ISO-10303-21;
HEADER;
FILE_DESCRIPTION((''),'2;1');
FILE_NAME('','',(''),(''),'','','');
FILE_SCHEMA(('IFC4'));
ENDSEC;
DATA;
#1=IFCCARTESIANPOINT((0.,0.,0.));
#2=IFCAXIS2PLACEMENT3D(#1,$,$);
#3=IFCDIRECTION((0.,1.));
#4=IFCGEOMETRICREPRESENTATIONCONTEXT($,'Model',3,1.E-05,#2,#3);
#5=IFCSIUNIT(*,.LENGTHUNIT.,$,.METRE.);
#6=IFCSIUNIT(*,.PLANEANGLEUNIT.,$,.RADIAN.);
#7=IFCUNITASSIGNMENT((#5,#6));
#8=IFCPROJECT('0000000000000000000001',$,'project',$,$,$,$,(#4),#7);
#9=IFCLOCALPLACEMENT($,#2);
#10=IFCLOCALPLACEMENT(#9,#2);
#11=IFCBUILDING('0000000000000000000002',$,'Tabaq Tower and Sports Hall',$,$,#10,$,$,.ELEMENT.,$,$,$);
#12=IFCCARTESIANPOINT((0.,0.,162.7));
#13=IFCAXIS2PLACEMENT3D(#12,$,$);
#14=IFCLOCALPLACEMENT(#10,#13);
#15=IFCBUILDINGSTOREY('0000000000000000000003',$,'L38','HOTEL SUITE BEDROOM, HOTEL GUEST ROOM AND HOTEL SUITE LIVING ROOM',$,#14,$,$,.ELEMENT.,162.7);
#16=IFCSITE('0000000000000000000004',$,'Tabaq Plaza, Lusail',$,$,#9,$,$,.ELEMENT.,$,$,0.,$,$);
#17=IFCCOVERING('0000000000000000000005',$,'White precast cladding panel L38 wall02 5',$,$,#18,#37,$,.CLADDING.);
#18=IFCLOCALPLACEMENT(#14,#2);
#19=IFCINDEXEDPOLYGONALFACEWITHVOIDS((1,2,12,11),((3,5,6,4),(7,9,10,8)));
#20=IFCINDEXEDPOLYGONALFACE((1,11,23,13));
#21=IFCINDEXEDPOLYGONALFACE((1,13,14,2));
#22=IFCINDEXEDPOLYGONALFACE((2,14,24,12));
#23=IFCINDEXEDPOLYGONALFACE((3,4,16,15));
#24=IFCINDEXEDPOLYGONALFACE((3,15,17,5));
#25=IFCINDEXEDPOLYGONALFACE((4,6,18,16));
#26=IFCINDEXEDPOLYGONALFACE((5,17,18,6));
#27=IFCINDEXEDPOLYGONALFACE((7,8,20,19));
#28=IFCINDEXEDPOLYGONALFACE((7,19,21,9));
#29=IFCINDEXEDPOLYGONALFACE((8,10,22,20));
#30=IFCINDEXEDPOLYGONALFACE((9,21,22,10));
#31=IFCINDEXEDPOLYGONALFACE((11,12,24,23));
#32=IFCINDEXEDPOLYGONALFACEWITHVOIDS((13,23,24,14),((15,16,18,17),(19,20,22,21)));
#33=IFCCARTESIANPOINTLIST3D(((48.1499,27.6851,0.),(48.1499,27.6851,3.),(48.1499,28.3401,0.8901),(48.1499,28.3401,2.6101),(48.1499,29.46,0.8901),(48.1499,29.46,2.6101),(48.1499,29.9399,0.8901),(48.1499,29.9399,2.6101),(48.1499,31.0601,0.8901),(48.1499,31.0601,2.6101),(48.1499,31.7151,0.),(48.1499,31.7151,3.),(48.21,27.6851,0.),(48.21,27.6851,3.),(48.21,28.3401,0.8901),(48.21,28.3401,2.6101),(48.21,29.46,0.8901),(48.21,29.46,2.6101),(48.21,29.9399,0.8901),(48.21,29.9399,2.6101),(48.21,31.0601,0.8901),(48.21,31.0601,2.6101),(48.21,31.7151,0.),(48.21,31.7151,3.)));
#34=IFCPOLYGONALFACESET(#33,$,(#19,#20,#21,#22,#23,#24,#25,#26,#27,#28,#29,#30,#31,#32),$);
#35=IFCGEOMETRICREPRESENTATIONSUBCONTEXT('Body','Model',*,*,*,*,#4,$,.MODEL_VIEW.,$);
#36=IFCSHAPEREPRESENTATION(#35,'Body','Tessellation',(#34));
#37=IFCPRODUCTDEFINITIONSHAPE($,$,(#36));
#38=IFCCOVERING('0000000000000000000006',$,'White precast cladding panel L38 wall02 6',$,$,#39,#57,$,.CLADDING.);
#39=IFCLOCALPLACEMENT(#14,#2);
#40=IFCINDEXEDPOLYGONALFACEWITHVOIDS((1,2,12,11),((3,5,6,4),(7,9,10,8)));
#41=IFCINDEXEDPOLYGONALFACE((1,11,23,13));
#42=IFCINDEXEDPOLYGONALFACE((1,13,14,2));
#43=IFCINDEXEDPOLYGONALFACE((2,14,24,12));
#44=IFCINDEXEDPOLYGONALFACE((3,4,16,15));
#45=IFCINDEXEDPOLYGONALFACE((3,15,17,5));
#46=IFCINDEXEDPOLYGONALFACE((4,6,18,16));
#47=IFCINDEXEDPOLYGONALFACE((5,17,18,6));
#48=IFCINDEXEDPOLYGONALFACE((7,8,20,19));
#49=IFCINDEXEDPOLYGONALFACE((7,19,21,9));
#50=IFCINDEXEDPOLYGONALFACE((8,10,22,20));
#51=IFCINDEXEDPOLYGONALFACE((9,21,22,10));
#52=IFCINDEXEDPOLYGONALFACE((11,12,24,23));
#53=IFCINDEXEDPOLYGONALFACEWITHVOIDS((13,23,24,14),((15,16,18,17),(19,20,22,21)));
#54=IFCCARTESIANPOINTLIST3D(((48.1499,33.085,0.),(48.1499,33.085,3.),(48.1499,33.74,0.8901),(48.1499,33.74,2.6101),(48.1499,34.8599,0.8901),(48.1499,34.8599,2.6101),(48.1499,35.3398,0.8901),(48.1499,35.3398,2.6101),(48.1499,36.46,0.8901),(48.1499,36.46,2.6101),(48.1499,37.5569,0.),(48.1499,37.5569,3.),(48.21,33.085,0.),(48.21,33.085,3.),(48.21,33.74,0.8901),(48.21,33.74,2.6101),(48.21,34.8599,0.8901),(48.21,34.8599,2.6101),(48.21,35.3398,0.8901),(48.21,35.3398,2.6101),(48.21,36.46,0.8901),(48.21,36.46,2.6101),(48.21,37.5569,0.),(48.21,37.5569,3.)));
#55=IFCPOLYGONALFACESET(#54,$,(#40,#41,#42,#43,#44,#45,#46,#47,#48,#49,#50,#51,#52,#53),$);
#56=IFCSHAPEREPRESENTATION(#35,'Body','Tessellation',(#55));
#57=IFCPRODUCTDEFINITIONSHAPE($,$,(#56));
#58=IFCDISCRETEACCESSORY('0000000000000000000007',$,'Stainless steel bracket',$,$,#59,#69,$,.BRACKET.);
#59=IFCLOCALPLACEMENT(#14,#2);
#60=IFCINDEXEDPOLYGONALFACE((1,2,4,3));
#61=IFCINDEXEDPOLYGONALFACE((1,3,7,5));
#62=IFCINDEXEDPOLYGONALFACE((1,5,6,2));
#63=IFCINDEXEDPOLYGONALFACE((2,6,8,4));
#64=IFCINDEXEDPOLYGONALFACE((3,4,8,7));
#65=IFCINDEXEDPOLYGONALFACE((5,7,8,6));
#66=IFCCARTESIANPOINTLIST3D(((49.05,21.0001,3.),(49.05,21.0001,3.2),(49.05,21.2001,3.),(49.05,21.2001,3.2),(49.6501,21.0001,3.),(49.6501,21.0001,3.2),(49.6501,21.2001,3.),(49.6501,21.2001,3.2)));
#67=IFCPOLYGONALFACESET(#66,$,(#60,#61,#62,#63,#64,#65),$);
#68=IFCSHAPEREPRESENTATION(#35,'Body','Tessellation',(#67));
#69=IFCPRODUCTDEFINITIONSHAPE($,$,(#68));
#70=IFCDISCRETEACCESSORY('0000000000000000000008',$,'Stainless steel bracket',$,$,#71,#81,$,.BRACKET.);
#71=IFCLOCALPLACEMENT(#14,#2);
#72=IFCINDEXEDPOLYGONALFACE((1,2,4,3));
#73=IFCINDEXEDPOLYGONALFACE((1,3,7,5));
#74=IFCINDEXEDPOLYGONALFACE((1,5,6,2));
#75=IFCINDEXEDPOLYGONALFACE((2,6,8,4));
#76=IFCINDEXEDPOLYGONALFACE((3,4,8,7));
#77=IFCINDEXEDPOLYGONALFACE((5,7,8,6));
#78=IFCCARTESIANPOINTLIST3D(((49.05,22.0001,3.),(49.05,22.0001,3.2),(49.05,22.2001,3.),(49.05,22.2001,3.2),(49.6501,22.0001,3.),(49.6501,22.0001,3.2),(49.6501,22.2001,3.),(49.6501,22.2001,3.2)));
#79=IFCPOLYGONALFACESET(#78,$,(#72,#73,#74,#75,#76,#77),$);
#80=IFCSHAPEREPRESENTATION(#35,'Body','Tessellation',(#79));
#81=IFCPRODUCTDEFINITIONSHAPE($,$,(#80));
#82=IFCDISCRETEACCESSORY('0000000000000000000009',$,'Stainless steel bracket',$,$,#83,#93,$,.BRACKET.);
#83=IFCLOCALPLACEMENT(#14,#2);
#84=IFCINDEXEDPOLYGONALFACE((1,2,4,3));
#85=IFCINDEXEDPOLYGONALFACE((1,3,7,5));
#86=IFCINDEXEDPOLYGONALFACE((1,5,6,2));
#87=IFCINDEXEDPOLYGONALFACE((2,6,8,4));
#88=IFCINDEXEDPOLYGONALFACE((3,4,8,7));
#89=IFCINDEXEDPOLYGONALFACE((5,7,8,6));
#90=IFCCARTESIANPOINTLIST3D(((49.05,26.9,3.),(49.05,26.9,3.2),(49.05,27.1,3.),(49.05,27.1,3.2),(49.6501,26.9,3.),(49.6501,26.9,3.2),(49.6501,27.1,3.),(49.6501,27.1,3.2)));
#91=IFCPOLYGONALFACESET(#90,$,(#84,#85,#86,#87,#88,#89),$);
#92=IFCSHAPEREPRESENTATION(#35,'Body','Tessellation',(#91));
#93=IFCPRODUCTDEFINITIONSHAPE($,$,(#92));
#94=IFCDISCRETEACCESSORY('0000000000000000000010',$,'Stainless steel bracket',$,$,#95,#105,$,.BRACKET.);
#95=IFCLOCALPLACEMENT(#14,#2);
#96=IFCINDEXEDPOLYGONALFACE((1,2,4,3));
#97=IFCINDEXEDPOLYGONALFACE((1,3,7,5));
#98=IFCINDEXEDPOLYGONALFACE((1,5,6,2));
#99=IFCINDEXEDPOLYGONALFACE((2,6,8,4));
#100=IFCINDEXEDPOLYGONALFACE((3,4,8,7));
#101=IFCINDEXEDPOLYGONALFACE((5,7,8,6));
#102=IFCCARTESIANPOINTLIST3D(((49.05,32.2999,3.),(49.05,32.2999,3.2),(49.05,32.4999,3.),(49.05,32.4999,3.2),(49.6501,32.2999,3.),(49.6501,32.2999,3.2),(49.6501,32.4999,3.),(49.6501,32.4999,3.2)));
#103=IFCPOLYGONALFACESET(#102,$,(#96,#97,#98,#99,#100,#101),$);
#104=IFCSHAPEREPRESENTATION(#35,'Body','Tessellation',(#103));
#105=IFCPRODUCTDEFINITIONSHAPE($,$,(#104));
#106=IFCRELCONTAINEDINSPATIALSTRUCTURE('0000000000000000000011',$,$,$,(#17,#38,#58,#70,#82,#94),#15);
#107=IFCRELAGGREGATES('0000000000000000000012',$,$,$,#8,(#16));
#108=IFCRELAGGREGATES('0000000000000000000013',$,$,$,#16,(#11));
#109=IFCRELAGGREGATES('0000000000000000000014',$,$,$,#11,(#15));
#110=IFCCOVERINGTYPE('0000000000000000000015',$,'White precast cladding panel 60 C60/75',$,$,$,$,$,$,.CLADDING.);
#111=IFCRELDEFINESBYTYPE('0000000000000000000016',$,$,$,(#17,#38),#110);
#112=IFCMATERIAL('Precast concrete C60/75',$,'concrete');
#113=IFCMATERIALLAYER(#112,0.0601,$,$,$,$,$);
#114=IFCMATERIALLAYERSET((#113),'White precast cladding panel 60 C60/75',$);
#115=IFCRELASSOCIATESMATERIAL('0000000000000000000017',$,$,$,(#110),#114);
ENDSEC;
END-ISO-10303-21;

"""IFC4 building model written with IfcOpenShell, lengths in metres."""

from ifc_helpers import new_model, si_unit, direction, frame, origin, origin_2d, place, context, subcontext, project, spatial, polyline, rectangle, outline, extrude, material, layer, layer_set, type_object, element, save


model = new_model("IFC4")

# Units and contexts
model_context = context("Model", 3, precision=1e-05, world=origin(), true_north=direction((0.0, 1.0)))
body_context = subcontext(model_context, "Body", "Model", "MODEL_VIEW")
ifc_project = project(units=[si_unit("LENGTHUNIT", "METRE"), si_unit("PLANEANGLEUNIT", "RADIAN")], contexts=[model_context])

# Site, building, storey
site_placement = place(None, origin())
site = spatial("IfcSite", under=ifc_project, at=site_placement, Name="Tabaq Plaza, Lusail", CompositionType="ELEMENT", RefElevation=0.0)
building_placement = place(site_placement, origin())
building = spatial("IfcBuilding", under=site, at=building_placement, Name="Tabaq Tower and Sports Hall", CompositionType="ELEMENT")
storey_placement = place(building_placement, frame((0.0, 0.0, 162.7)))
storey = spatial("IfcBuildingStorey", under=building, at=storey_placement, Name="L38", Description="HOTEL SUITE BEDROOM, HOTEL GUEST ROOM AND HOTEL SUITE LIVING ROOM", CompositionType="ELEMENT", Elevation=162.7)

# Coverings
ifc_material_1 = material(Name="Precast concrete C60/75", Category="concrete")
ifc_layer_1 = layer(ifc_material_1, 0.0601)
ifc_layer_set_1 = layer_set([ifc_layer_1], Name="White precast cladding panel 60 C60/75")
covering_type_1 = type_object("IfcCoveringType", Name="White precast cladding panel 60 C60/75", PredefinedType="CLADDING", material=ifc_layer_set_1)
for number, where, z_axis, x_axis, name in (
    (1, (48.1799, 27.6851, 0.0), (0.0, 0.0, 1.0), (0.0, 1.0, 0.0), "White precast cladding panel L38 wall02 5"),
):
    element("IfcCovering", number, at=place(storey_placement, frame(where, z_axis=z_axis, x_axis=x_axis)), inside=storey, type_object=covering_type_1, Name=name, PredefinedType="CLADDING", context=body_context, shape_type="SweptSolid", body=[
        extrude(outline(polyline([(0.0, 0.0), (4.03, 0.0), (4.03, 3.0), (0.0, 3.0), (0.0, 0.0)]), holes=[polyline([(0.655, 2.6101), (1.7749, 2.6101), (1.7749, 0.8901), (0.655, 0.8901), (0.655, 2.6101)]), polyline([(2.2549, 2.6101), (3.375, 2.6101), (3.375, 0.8901), (2.2549, 0.8901), (2.2549, 2.6101)])]), frame((0.0, 0.03, 0.0), z_axis=(0.0, -1.0, 0.0), x_axis=(1.0, 0.0, 0.0)), (0.0, 0.0, 1.0), 0.0601),
    ])
covering_1_placement = place(storey_placement, frame((48.1799, 33.085, 0.0), z_axis=(0.0, 0.0, 1.0), x_axis=(0.0, 1.0, 0.0)))
element("IfcCovering", 2, at=covering_1_placement, inside=storey, type_object=covering_type_1, Name="White precast cladding panel L38 wall02 6", PredefinedType="CLADDING", context=body_context, shape_type="SweptSolid", body=[
    extrude(outline(polyline([(0.0, 0.0), (4.4719, 0.0), (4.4719, 3.0), (0.0, 3.0), (0.0, 0.0)]), holes=[polyline([(0.655, 2.6101), (1.7749, 2.6101), (1.7749, 0.8901), (0.655, 0.8901), (0.655, 2.6101)]), polyline([(2.2549, 2.6101), (3.375, 2.6101), (3.375, 0.8901), (2.2549, 0.8901), (2.2549, 2.6101)])]), frame((0.0, 0.03, 0.0), z_axis=(0.0, -1.0, 0.0), x_axis=(1.0, 0.0, 0.0)), (0.0, 0.0, 1.0), 0.0601),
])

# Discrete accessories
for number, where, z_axis, x_axis, name in (
    (3, (49.3501, 21.1001, 3.0), (0.0, 0.0, 1.0), (1.0, 0.0, 0.0), "Stainless steel bracket"),
    (4, (49.3501, 22.1001, 3.0), (0.0, 0.0, 1.0), (1.0, 0.0, 0.0), "Stainless steel bracket"),
    (5, (49.3501, 27.0, 3.0), (0.0, 0.0, 1.0), (1.0, 0.0, 0.0), "Stainless steel bracket"),
    (6, (49.3501, 32.3999, 3.0), (0.0, 0.0, 1.0), (1.0, 0.0, 0.0), "Stainless steel bracket"),
):
    element("IfcDiscreteAccessory", number, at=place(storey_placement, frame(where, z_axis=z_axis, x_axis=x_axis)), inside=storey, Name=name, PredefinedType="BRACKET", context=body_context, shape_type="SweptSolid", body=[
        extrude(rectangle(XDim=0.6001, YDim=0.2, at=origin_2d()), origin(), (0.0, 0.0, 1.0), 0.2),
    ])

save(model, "model.ifc")
